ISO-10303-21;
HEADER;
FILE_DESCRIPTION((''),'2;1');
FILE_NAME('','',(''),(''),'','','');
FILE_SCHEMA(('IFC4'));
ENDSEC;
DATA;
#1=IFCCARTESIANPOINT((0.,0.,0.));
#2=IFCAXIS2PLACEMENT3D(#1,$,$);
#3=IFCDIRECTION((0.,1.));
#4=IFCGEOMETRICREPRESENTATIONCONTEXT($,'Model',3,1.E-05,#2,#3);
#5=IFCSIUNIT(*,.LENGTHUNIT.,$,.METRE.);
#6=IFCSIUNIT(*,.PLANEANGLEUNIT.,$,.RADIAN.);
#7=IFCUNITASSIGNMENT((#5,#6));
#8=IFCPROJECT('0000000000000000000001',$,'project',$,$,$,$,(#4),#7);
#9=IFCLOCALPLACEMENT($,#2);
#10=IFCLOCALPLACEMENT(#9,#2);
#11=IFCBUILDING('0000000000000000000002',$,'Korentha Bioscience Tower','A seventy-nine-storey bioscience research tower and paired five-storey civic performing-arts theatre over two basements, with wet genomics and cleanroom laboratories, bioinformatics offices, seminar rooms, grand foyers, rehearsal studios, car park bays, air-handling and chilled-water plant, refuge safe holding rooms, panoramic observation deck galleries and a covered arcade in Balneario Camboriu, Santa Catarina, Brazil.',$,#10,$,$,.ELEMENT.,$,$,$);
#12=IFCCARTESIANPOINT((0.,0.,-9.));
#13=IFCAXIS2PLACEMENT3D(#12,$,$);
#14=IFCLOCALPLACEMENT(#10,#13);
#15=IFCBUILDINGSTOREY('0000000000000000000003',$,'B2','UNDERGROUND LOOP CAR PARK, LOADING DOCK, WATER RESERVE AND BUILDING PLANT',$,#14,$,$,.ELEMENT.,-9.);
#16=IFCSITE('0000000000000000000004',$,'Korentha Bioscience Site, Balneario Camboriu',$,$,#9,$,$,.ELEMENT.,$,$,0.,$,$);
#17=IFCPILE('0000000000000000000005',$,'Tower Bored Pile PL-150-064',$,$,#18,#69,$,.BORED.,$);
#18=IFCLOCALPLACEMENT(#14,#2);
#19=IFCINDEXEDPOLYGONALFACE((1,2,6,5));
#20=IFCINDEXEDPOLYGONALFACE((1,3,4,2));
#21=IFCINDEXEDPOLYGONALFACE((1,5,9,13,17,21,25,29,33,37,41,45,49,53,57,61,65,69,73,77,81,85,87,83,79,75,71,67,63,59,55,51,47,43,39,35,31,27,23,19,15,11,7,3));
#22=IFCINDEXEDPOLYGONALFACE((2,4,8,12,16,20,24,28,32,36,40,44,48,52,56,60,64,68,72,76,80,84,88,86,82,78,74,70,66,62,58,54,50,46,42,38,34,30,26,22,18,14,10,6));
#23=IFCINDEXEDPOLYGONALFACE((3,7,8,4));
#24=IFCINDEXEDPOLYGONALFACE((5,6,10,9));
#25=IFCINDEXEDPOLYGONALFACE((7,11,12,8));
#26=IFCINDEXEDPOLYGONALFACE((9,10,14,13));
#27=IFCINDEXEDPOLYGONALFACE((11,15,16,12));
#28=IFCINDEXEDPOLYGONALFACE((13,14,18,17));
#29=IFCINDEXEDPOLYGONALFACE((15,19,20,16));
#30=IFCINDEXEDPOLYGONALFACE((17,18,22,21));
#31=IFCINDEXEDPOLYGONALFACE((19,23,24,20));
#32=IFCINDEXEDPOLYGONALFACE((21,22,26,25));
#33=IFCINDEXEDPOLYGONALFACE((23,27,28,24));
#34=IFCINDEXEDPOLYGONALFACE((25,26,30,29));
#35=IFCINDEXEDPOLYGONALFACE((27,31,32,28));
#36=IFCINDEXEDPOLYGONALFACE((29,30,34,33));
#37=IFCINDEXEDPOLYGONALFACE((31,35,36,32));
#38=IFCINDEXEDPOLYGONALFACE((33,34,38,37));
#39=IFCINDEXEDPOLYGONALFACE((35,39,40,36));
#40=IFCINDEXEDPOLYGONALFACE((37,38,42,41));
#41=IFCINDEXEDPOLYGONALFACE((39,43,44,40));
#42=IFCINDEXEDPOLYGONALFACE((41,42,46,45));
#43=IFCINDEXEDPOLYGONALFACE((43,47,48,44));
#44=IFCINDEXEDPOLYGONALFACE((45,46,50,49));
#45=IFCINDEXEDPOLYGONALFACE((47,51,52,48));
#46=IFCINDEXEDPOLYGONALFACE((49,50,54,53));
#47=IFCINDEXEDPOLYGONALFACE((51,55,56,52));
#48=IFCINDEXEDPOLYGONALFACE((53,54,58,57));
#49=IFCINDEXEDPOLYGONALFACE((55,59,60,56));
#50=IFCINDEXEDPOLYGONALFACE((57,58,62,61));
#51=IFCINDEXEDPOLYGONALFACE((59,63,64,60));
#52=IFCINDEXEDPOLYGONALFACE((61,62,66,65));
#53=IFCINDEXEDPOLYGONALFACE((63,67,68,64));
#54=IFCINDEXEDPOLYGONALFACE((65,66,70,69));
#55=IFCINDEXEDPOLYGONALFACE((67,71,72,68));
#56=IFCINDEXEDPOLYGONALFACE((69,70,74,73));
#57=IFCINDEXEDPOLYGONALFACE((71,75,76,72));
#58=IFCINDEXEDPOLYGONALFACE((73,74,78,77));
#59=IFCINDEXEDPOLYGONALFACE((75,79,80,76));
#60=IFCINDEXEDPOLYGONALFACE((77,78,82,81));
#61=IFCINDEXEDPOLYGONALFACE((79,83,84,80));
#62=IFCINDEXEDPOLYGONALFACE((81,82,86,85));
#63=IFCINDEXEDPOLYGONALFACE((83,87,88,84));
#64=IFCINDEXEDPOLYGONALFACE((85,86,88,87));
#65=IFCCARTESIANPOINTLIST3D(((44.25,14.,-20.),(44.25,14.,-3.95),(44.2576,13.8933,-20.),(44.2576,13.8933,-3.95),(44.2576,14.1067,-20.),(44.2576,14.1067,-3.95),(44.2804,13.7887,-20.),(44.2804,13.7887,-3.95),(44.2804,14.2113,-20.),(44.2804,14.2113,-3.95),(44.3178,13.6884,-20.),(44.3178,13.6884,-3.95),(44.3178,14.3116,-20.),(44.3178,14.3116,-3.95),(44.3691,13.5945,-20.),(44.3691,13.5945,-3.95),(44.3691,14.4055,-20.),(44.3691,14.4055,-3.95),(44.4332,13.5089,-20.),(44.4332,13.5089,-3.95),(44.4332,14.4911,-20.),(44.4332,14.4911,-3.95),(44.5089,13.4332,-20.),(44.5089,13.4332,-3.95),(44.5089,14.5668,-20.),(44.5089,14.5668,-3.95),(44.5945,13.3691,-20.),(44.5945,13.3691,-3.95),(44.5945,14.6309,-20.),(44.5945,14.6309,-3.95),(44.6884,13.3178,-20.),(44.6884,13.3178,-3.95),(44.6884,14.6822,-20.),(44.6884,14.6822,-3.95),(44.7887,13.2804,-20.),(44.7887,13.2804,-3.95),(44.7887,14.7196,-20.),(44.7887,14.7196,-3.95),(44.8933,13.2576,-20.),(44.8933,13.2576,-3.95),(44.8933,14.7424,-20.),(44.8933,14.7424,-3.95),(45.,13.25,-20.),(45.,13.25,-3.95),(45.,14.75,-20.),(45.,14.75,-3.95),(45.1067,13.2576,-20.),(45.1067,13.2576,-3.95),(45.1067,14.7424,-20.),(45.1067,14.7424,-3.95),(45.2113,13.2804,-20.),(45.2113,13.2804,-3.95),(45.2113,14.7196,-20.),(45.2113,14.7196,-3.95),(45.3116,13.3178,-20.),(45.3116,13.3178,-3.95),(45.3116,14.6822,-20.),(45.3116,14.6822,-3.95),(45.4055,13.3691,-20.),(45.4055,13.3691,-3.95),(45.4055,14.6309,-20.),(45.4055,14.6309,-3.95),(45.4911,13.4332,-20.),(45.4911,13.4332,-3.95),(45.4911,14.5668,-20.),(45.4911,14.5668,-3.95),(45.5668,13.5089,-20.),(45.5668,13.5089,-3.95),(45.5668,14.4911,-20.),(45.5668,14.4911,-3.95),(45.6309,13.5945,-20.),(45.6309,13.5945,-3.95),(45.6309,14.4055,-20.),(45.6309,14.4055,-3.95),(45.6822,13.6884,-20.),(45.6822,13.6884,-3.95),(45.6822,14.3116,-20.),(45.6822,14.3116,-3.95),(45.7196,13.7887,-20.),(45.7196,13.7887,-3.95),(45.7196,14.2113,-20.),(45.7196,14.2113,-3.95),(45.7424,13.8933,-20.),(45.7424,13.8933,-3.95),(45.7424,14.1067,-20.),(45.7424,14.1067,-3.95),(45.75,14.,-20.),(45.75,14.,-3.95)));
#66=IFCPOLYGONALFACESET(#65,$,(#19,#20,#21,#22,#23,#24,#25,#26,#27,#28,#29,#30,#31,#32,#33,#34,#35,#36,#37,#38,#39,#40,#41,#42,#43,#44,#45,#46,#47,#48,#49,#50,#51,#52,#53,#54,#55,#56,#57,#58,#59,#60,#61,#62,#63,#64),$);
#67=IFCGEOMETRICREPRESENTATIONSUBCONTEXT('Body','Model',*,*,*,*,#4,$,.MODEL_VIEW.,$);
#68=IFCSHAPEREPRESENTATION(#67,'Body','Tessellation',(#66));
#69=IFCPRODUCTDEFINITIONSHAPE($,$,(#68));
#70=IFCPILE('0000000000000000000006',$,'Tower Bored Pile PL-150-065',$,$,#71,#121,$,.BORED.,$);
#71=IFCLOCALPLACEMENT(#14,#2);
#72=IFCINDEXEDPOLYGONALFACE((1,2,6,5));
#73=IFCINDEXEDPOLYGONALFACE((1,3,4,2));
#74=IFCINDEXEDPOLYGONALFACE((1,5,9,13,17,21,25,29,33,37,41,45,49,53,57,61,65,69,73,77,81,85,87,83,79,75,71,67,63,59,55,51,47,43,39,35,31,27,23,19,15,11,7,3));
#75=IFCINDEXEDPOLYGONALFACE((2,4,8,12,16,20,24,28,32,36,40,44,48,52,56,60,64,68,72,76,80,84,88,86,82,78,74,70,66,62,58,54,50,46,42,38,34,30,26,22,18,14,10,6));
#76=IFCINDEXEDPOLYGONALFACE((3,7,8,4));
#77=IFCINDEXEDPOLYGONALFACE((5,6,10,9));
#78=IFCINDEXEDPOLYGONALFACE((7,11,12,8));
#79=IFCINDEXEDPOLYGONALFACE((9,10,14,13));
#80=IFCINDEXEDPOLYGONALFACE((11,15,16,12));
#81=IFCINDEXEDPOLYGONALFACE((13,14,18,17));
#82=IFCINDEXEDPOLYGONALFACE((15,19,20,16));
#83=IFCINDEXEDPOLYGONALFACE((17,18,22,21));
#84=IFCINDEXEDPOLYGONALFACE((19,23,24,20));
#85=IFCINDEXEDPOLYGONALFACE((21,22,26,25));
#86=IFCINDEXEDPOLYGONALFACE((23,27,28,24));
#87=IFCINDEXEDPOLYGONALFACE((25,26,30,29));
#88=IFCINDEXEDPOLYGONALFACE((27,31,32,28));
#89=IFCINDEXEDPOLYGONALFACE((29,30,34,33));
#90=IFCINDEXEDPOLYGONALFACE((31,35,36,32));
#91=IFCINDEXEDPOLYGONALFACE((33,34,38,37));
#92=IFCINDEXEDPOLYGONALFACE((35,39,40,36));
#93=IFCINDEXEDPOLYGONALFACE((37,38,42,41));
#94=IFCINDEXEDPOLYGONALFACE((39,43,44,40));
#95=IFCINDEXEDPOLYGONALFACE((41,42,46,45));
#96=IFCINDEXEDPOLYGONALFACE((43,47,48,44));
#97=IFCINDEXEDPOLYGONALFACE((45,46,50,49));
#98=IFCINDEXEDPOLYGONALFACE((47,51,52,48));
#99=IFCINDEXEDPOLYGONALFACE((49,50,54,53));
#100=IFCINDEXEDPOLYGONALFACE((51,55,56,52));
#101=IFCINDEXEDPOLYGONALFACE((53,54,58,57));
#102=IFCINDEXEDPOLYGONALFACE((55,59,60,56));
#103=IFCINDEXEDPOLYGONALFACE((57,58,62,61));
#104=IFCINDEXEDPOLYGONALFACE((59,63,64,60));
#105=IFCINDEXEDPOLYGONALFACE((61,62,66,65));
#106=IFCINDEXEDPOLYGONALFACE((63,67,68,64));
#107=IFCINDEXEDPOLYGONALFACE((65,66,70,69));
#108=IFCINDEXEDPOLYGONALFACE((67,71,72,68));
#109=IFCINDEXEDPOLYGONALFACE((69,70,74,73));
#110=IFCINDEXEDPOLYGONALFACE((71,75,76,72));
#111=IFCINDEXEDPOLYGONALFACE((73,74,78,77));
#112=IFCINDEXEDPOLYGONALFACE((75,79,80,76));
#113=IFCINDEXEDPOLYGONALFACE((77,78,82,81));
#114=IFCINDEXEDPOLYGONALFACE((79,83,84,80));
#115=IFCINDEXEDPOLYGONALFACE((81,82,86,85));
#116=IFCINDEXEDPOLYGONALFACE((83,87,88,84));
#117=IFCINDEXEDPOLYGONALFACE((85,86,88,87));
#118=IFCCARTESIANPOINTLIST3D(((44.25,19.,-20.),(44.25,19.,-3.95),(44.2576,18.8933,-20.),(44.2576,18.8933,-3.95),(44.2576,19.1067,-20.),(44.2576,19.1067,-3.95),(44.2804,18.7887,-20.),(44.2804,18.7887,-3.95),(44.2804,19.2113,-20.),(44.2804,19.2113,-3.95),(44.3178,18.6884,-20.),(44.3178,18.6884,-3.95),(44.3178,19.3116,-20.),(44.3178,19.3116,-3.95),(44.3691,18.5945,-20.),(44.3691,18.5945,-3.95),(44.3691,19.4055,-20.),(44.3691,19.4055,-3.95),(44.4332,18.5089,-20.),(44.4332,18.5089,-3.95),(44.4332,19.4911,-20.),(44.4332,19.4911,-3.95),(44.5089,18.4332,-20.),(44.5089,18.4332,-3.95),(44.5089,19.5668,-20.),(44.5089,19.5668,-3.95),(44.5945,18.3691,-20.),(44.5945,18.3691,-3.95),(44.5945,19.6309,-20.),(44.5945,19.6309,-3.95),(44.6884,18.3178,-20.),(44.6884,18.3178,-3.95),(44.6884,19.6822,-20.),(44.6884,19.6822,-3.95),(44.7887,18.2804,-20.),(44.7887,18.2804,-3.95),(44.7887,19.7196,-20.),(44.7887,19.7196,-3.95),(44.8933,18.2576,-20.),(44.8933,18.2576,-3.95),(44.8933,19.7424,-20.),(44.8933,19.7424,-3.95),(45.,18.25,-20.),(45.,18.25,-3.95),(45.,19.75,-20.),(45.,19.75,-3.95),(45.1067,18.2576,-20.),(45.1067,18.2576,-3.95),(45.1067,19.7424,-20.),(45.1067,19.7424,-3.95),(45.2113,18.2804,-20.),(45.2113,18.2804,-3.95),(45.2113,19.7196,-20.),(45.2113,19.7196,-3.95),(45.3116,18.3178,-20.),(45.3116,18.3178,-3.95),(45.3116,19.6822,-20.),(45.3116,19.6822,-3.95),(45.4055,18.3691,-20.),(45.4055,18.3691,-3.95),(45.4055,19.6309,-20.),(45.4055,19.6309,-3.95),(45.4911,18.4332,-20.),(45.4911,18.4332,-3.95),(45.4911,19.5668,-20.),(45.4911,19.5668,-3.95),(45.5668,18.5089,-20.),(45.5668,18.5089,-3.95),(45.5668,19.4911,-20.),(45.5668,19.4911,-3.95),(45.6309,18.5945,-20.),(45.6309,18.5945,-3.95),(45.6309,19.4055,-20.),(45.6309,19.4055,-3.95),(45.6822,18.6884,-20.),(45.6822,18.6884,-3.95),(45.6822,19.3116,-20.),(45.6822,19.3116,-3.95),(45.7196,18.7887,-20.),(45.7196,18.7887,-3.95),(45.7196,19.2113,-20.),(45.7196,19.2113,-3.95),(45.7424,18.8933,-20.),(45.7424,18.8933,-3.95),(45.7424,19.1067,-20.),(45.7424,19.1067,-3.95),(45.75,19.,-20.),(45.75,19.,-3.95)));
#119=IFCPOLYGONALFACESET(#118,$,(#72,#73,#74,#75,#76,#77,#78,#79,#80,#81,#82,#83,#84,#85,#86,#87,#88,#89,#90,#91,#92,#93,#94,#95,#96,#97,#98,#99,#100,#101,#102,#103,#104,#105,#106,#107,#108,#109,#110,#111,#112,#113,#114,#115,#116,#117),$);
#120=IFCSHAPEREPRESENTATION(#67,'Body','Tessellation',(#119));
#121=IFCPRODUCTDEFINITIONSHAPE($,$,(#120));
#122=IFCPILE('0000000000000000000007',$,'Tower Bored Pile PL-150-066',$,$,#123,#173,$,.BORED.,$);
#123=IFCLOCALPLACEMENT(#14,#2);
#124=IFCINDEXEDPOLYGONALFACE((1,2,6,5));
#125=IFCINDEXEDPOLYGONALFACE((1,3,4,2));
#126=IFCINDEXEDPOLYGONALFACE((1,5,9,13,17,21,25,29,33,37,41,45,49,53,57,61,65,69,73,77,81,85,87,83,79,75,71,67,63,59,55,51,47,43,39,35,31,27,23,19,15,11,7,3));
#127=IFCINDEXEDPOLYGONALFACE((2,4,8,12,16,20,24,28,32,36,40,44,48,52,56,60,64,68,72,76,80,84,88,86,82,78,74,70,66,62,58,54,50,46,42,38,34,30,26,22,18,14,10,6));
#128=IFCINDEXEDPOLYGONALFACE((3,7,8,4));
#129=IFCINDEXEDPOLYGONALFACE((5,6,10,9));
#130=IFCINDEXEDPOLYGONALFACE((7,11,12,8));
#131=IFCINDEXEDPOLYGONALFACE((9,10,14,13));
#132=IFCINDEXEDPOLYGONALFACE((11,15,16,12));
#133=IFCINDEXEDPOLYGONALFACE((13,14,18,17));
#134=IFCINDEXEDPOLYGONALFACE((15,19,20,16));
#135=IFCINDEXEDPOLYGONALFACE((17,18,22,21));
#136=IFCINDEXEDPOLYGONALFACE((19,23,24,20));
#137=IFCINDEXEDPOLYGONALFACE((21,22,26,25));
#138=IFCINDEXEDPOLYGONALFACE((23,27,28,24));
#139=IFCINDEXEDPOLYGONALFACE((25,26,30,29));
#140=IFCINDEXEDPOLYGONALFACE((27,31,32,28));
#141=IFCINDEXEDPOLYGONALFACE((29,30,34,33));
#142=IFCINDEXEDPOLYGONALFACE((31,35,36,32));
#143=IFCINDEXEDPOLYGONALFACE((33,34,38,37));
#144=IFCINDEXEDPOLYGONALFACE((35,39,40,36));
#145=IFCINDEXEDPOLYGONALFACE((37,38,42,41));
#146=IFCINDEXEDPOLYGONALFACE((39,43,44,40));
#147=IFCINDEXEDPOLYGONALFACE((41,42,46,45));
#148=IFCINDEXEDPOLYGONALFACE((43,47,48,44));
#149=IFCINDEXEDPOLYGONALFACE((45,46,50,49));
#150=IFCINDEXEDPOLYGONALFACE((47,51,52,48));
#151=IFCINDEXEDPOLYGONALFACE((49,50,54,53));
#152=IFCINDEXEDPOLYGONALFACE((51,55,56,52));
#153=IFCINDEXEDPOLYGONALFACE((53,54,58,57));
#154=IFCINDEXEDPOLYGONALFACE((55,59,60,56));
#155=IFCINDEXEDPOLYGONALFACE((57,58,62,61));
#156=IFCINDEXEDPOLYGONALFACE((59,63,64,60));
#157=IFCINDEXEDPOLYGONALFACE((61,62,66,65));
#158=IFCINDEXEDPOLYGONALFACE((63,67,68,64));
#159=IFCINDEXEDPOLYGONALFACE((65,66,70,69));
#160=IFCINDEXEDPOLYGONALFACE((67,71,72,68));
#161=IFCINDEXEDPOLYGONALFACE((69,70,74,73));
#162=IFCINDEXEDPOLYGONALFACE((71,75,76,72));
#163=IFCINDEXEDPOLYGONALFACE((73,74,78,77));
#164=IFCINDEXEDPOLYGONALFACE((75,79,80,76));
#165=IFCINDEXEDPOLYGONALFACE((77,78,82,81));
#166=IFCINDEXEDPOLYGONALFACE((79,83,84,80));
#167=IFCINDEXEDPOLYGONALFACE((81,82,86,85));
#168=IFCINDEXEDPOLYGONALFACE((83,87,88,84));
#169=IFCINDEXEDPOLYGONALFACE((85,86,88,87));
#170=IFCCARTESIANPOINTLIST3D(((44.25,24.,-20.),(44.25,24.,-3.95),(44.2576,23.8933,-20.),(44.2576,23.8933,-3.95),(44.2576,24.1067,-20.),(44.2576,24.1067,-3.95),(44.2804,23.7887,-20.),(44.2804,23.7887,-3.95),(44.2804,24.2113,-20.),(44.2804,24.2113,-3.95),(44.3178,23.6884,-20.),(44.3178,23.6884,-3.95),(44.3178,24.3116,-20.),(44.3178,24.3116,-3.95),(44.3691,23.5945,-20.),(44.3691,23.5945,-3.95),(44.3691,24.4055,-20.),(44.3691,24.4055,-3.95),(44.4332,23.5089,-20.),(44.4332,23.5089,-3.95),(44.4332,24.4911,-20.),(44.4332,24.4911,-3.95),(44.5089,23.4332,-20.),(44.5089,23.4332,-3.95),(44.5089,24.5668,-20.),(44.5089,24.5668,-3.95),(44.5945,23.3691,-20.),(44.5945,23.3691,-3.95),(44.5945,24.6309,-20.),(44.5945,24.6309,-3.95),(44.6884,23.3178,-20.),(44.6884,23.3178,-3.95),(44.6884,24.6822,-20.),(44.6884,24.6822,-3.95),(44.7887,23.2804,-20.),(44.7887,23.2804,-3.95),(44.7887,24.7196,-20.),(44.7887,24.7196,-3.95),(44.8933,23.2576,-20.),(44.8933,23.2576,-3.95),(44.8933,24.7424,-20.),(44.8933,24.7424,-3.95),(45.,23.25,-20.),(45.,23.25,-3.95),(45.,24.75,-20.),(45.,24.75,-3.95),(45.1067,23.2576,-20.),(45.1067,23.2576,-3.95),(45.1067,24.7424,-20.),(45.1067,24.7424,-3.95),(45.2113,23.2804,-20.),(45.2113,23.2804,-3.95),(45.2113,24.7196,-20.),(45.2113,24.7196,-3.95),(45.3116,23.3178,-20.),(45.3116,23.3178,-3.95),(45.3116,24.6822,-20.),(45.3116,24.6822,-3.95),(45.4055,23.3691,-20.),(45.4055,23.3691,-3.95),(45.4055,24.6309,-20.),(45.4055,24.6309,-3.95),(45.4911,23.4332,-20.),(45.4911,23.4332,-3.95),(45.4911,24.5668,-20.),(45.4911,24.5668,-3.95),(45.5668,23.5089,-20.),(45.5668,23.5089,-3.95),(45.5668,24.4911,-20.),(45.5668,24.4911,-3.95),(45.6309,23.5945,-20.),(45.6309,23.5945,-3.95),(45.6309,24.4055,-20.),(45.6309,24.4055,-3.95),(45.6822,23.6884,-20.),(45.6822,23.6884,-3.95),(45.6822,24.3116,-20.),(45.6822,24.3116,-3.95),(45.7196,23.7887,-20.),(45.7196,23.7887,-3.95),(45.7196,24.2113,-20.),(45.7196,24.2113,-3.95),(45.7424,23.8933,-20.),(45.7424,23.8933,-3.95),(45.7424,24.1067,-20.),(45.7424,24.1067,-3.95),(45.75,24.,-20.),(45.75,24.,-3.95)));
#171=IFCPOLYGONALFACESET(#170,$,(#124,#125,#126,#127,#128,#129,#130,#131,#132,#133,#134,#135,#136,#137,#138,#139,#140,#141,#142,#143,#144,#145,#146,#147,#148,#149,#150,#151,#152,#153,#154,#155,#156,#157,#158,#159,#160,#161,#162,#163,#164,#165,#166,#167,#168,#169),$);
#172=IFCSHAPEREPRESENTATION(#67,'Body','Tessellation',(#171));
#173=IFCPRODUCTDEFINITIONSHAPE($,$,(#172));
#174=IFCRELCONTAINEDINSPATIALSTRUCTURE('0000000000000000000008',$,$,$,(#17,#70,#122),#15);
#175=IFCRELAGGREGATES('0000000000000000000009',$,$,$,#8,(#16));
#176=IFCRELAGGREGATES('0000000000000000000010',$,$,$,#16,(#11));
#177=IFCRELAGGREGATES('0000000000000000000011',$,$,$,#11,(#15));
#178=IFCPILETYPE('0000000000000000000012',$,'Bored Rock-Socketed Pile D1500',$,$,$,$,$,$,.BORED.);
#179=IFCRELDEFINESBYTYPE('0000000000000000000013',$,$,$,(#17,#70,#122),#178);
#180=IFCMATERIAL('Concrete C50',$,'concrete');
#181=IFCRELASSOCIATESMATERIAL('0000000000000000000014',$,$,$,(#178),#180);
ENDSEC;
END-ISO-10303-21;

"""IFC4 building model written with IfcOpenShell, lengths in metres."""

from ifc_helpers import new_model, si_unit, direction, frame, origin, origin_2d, place, context, subcontext, project, spatial, circle, extrude, material, material_profile, profile_set, type_object, element, save


model = new_model("IFC4")

# Units and contexts
model_context = context("Model", 3, precision=1e-05, world=origin(), true_north=direction((0.0, 1.0)))
body_context = subcontext(model_context, "Body", "Model", "MODEL_VIEW")
ifc_project = project(units=[si_unit("LENGTHUNIT", "METRE"), si_unit("PLANEANGLEUNIT", "RADIAN")], contexts=[model_context])

# Site, building, storey
site_placement = place(None, origin())
site = spatial("IfcSite", under=ifc_project, at=site_placement, Name="Korentha Bioscience Site, Balneario Camboriu", CompositionType="ELEMENT", RefElevation=0.0)
building_placement = place(site_placement, origin())
building = spatial("IfcBuilding", under=site, at=building_placement, Name="Korentha Bioscience Tower", Description="A seventy-nine-storey bioscience research tower and paired five-storey civic performing-arts theatre over two basements, with wet genomics and cleanroom laboratories, bioinformatics offices, seminar rooms, grand foyers, rehearsal studios, car park bays, air-handling and chilled-water plant, refuge safe holding rooms, panoramic observation deck galleries and a covered arcade in Balneario Camboriu, Santa Catarina, Brazil.", CompositionType="ELEMENT")
storey_placement = place(building_placement, frame((0.0, 0.0, -9.0)))
storey = spatial("IfcBuildingStorey", under=building, at=storey_placement, Name="B2", Description="UNDERGROUND LOOP CAR PARK, LOADING DOCK, WATER RESERVE AND BUILDING PLANT", CompositionType="ELEMENT", Elevation=-9.0)

# Piles
ifc_material_1 = material(Name="Concrete C50", Category="concrete")
ifc_material_profile_1 = material_profile(ifc_material_1, circle(Radius=0.75, at=origin_2d()), Name="Concrete C50")
ifc_profile_set_1 = profile_set([ifc_material_profile_1], Name="Concrete C50 (PL-150)")
pile_type = type_object("IfcPileType", Name="Bored Rock-Socketed Pile D1500", PredefinedType="BORED", material=ifc_profile_set_1)
for number, where, z_axis, x_axis, name in (
    (1, (45.0, 14.0, -3.95), (0.0, 0.0, -1.0), (1.0, 0.0, 0.0), "Tower Bored Pile PL-150-064"),
    (2, (45.0, 19.0, -3.95), (0.0, 0.0, -1.0), (1.0, 0.0, 0.0), "Tower Bored Pile PL-150-065"),
    (3, (45.0, 24.0, -3.95), (0.0, 0.0, -1.0), (1.0, 0.0, 0.0), "Tower Bored Pile PL-150-066"),
):
    element("IfcPile", number, at=place(storey_placement, frame(where, z_axis=z_axis, x_axis=x_axis)), inside=storey, type_object=pile_type, Name=name, PredefinedType="BORED", context=body_context, shape_type="SweptSolid", body=[
        extrude(circle(Radius=0.75, at=origin_2d()), origin(), (0.0, 0.0, 1.0), 16.05),
    ])

save(model, "model.ifc")
